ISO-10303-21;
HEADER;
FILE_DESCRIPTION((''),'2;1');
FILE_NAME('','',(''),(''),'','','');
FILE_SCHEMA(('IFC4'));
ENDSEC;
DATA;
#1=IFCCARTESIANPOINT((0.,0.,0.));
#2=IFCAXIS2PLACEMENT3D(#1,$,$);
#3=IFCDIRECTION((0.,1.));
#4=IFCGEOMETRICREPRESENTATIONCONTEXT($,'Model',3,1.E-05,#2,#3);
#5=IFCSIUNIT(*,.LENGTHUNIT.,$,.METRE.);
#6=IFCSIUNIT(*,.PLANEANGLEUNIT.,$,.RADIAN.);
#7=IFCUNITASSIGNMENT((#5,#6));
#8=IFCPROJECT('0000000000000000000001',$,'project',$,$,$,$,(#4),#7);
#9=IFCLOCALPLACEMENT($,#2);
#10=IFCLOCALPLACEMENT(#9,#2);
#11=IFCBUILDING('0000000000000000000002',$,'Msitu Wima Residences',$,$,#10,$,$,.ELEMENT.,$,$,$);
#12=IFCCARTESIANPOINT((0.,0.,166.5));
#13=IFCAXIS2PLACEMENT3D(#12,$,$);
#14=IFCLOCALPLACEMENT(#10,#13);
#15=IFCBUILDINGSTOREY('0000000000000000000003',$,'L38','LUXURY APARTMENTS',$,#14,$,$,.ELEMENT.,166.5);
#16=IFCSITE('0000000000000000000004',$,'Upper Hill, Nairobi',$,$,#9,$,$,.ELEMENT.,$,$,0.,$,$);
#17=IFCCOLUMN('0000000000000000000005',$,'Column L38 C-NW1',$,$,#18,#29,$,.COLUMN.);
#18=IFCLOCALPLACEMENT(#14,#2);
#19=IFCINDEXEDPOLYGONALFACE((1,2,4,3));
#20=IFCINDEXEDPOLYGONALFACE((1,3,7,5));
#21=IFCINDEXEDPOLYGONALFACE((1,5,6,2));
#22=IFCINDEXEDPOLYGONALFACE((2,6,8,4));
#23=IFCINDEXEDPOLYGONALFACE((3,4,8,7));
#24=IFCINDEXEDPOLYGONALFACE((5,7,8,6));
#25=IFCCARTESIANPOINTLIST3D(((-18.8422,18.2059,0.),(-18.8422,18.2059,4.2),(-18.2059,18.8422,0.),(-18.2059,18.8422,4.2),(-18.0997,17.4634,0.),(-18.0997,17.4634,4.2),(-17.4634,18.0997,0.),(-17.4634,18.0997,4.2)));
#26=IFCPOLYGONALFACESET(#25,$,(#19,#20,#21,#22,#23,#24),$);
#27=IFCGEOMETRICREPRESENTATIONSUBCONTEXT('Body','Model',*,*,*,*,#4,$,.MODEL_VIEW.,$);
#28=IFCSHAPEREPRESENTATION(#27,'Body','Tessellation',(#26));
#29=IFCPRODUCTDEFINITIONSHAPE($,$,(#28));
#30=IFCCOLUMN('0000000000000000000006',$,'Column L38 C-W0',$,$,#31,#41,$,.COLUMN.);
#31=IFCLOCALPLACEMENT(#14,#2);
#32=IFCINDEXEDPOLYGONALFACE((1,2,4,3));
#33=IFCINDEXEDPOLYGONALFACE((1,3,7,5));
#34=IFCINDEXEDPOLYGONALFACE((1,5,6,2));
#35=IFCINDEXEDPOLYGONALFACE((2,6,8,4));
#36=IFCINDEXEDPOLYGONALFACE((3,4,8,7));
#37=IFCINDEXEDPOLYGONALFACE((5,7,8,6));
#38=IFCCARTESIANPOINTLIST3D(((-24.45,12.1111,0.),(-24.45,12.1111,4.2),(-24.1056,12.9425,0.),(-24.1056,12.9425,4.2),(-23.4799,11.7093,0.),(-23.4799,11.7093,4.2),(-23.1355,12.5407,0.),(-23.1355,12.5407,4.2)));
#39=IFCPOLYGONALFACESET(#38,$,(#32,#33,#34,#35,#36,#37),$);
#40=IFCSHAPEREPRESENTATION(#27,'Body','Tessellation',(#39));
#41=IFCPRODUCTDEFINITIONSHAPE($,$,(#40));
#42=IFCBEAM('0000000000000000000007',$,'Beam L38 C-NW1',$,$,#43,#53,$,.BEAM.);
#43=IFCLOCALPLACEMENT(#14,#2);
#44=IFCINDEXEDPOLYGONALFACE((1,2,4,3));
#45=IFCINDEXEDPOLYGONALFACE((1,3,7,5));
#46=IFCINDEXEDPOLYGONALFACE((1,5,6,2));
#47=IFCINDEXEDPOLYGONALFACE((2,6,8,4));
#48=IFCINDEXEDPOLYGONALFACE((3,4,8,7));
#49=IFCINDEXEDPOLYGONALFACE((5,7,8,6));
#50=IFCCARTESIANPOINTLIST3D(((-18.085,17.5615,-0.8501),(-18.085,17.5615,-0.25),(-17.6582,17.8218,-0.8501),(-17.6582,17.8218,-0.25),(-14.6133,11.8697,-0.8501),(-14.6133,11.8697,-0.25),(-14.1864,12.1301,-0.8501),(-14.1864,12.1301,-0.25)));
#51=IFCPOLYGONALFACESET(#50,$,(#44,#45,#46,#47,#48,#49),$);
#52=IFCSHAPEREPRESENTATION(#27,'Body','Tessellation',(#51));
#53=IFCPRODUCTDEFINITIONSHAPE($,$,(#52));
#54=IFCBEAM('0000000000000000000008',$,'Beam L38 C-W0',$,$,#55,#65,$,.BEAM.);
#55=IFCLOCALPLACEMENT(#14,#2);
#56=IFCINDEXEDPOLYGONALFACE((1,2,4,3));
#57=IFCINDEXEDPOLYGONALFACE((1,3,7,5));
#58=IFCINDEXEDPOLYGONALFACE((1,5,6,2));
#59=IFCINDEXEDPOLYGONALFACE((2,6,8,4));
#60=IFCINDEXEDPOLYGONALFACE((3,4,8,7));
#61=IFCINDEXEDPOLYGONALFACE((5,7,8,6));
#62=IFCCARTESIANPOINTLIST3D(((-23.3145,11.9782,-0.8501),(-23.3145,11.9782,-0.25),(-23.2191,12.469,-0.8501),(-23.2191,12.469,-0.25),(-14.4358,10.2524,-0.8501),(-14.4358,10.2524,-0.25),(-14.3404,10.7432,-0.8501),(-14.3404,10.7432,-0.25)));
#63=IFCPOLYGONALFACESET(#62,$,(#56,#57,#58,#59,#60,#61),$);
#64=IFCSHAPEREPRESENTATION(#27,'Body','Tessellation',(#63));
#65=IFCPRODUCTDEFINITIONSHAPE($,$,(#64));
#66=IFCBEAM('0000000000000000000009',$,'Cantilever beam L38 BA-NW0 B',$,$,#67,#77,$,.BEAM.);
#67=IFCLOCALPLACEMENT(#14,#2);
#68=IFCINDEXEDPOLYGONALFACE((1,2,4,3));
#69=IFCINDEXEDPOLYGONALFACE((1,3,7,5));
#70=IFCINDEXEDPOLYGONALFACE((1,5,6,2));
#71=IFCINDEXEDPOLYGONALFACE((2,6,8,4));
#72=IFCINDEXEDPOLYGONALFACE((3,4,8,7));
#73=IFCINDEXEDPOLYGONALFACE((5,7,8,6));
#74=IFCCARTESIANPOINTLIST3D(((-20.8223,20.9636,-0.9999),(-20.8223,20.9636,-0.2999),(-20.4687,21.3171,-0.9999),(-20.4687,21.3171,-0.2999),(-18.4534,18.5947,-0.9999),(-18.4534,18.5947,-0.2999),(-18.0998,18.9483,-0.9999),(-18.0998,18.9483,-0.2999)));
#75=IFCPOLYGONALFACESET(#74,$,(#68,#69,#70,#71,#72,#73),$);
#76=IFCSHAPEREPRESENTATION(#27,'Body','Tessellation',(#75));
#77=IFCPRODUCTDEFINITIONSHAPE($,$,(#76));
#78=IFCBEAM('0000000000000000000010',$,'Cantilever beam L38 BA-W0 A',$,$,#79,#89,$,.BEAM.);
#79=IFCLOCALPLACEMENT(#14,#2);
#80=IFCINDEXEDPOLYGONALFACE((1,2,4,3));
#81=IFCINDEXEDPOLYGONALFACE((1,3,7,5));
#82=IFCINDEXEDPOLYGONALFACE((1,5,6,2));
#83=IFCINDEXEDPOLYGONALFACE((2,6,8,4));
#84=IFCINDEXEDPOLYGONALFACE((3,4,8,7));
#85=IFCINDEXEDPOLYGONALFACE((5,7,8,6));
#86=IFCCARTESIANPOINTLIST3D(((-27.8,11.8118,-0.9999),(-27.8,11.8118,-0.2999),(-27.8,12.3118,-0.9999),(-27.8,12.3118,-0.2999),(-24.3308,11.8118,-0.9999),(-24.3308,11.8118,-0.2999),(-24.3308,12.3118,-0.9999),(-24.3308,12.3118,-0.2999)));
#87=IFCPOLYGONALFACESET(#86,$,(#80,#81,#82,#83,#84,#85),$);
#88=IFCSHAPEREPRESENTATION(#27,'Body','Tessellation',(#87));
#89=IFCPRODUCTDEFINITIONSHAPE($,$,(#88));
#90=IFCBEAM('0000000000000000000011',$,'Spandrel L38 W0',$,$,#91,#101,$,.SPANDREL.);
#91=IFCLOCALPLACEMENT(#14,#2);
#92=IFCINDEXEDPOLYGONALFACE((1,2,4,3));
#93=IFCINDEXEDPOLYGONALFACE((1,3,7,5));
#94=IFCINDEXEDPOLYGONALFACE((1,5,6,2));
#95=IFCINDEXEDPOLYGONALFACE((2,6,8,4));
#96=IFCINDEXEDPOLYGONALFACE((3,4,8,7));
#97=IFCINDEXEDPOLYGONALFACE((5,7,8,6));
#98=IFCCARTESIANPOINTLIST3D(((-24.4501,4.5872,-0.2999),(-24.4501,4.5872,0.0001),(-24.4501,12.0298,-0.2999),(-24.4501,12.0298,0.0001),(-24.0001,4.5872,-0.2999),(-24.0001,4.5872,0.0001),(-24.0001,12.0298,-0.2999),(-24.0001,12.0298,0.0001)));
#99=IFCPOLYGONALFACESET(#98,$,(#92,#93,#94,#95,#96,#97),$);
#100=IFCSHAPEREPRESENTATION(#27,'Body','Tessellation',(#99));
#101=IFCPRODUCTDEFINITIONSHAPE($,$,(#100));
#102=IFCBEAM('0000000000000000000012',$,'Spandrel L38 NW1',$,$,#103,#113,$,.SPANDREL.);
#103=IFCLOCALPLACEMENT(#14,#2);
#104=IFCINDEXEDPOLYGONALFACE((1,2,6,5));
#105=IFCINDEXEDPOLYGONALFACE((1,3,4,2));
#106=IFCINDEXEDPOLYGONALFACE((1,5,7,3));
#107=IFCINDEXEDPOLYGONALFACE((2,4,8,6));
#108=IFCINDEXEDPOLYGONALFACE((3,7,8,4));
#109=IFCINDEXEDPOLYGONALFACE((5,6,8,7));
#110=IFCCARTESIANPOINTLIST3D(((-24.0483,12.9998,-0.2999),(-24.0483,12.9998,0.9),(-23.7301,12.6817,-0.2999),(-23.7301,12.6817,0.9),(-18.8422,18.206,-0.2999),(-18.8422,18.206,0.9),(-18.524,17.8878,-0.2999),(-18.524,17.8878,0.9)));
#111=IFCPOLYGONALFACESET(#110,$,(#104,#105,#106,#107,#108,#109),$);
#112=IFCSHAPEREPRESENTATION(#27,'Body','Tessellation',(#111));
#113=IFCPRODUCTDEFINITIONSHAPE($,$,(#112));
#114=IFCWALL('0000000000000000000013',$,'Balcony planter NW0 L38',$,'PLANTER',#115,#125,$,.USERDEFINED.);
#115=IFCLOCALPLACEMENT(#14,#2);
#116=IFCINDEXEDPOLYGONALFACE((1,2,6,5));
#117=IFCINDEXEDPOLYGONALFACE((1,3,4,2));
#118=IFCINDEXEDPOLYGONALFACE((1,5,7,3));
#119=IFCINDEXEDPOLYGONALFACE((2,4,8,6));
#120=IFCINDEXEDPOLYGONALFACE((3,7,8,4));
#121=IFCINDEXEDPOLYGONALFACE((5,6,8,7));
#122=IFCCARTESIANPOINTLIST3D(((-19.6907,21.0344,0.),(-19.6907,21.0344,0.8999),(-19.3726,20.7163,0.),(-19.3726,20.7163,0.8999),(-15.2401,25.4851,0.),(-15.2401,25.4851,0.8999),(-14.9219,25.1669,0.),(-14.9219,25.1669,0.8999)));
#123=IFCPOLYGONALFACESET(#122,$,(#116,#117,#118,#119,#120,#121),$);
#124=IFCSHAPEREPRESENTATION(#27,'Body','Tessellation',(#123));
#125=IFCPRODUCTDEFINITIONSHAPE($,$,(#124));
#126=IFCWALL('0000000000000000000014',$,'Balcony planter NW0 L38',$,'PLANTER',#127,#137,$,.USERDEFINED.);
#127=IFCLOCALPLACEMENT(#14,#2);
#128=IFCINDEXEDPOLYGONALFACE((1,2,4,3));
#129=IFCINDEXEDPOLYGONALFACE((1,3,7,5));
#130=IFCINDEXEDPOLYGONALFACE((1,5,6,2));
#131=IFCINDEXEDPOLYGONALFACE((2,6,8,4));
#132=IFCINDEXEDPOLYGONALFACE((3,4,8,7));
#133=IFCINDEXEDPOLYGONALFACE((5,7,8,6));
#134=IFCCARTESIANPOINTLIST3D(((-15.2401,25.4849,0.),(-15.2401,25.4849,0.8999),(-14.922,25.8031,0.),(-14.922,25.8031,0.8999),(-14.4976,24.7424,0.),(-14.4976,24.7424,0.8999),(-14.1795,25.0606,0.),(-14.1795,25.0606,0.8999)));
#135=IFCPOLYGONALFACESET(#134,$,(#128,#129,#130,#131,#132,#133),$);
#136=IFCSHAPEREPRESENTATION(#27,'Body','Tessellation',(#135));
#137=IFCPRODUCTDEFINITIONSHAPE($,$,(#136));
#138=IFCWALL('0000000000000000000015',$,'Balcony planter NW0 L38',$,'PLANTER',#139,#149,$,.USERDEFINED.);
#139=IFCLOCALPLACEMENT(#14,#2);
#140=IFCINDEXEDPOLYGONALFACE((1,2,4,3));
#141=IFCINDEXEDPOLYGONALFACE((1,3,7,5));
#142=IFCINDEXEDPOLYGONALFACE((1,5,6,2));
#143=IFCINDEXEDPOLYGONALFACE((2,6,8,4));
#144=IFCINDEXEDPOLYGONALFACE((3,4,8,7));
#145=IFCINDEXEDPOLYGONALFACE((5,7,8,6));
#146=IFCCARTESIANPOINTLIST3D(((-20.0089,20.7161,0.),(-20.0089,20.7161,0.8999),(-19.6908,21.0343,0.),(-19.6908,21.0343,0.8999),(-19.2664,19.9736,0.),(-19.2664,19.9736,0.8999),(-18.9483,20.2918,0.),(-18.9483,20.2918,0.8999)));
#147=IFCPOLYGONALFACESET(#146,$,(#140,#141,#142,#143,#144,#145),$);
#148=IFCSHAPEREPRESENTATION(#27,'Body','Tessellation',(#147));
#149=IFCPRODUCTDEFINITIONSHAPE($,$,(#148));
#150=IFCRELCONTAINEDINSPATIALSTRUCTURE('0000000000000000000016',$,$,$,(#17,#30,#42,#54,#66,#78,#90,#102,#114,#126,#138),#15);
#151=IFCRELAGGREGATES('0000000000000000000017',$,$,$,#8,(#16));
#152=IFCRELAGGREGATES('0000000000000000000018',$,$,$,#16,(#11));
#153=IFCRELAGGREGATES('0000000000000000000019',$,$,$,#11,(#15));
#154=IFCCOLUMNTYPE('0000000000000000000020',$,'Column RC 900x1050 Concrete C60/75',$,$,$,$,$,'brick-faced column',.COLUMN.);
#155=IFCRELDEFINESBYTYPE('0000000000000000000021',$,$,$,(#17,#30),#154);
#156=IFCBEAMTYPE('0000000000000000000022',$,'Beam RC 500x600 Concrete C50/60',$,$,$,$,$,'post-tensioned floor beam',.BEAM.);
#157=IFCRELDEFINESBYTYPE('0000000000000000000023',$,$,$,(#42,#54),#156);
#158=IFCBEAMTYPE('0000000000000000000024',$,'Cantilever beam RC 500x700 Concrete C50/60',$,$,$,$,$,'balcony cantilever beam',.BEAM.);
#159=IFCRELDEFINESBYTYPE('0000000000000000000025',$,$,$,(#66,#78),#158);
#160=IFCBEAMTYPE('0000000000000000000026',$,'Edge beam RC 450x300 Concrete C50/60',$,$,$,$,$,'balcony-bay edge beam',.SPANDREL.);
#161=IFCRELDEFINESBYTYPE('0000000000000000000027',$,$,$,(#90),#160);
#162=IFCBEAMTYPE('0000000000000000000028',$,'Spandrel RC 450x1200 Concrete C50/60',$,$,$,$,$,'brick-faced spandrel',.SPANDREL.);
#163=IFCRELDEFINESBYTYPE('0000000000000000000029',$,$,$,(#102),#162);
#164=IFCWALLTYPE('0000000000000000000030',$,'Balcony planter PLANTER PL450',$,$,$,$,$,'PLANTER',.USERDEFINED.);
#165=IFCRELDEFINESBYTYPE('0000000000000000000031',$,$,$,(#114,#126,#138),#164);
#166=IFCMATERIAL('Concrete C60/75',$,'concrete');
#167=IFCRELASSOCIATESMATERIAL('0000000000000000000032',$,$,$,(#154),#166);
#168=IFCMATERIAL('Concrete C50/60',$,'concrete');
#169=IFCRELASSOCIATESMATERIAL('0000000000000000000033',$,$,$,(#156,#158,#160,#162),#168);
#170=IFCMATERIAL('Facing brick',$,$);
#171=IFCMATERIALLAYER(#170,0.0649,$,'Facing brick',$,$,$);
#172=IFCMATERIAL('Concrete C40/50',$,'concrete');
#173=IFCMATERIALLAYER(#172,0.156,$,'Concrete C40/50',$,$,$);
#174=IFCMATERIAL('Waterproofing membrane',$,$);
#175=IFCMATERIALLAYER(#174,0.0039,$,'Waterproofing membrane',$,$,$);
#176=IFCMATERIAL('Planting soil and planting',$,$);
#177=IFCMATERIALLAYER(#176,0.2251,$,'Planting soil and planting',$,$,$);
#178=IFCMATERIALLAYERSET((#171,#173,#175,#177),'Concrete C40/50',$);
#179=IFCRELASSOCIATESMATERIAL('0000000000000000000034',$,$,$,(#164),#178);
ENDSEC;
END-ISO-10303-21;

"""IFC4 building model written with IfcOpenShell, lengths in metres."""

from ifc_helpers import new_model, si_unit, direction, frame, frame_2d, origin, origin_2d, place, context, subcontext, project, spatial, rectangle, extrude, material, layer, layer_set, material_profile, profile_set, type_object, element, save


model = new_model("IFC4")

# Units and contexts
model_context = context("Model", 3, precision=1e-05, world=origin(), true_north=direction((0.0, 1.0)))
body_context = subcontext(model_context, "Body", "Model", "MODEL_VIEW")
ifc_project = project(units=[si_unit("LENGTHUNIT", "METRE"), si_unit("PLANEANGLEUNIT", "RADIAN")], contexts=[model_context])

# Site, building, storey
site_placement = place(None, origin())
site = spatial("IfcSite", under=ifc_project, at=site_placement, Name="Upper Hill, Nairobi", CompositionType="ELEMENT", RefElevation=0.0)
building_placement = place(site_placement, origin())
building = spatial("IfcBuilding", under=site, at=building_placement, Name="Msitu Wima Residences", CompositionType="ELEMENT")
storey_placement = place(building_placement, frame((0.0, 0.0, 166.5)))
storey = spatial("IfcBuildingStorey", under=building, at=storey_placement, Name="L38", Description="LUXURY APARTMENTS", CompositionType="ELEMENT", Elevation=166.5)

# Columns
ifc_material_1 = material(Name="Concrete C60/75", Category="concrete")
ifc_material_profile_1 = material_profile(ifc_material_1, rectangle(XDim=0.8999, YDim=1.05, at=origin_2d()), Name="RC 900x1050")
ifc_profile_set_1 = profile_set([ifc_material_profile_1], Name="Concrete C60/75")
column_type = type_object("IfcColumnType", Name="Column RC 900x1050 Concrete C60/75", ElementType="brick-faced column", PredefinedType="COLUMN", material=ifc_profile_set_1)
for number, where, z_axis, x_axis, name in (
    (1, (-18.1528, 18.1528, 0.0), (0.0, 0.0, 1.0), (-0.707107, -0.707107, 0.0), "Column L38 C-NW1"),
    (2, (-23.7927, 12.3259, 0.0), (0.0, 0.0, 1.0), (-0.382683, -0.92388, 0.0), "Column L38 C-W0"),
):
    element("IfcColumn", number, at=place(storey_placement, frame(where, z_axis=z_axis, x_axis=x_axis)), inside=storey, type_object=column_type, Name=name, PredefinedType="COLUMN", context=body_context, shape_type="SweptSolid", body=[
        extrude(rectangle(XDim=0.8999, YDim=1.05, at=origin_2d()), origin(), (0.0, 0.0, 1.0), 4.2),
    ])

# Beams
ifc_material_2 = material(Name="Concrete C50/60", Category="concrete")
ifc_material_profile_2 = material_profile(ifc_material_2, rectangle(XDim=0.5, YDim=0.6001, at=origin_2d()), Name="RC 500x600")
ifc_profile_set_2 = profile_set([ifc_material_profile_2], Name="Concrete C50/60")
beam_type_1 = type_object("IfcBeamType", Name="Beam RC 500x600 Concrete C50/60", ElementType="post-tensioned floor beam", PredefinedType="BEAM", material=ifc_profile_set_2)
beam_1_placement = place(storey_placement, frame((-17.8716, 17.6917, -0.55), z_axis=(0.520734, -0.853719, 0.0), x_axis=(0.853719, 0.520734, 0.0)))
element("IfcBeam", 3, at=beam_1_placement, inside=storey, type_object=beam_type_1, Name="Beam L38 C-NW1", PredefinedType="BEAM", context=body_context, shape_type="SweptSolid", body=[
    extrude(rectangle(XDim=0.5, YDim=0.6001, at=origin_2d()), origin(), (0.0, 0.0, 1.0), 6.667),
])
beam_2_placement = place(storey_placement, frame((-23.2668, 12.2236, -0.55), z_axis=(0.981627, -0.190808, 0.0), x_axis=(0.190808, 0.981627, 0.0)))
element("IfcBeam", 4, at=beam_2_placement, inside=storey, type_object=beam_type_1, Name="Beam L38 C-W0", PredefinedType="BEAM", context=body_context, shape_type="SweptSolid", body=[
    extrude(rectangle(XDim=0.5, YDim=0.6001, at=origin_2d()), origin(), (0.0, 0.0, 1.0), 9.0449),
])
ifc_material_profile_3 = material_profile(ifc_material_2, rectangle(XDim=0.5, YDim=0.7, at=origin_2d()), Name="RC 500x700")
ifc_profile_set_3 = profile_set([ifc_material_profile_3], Name="Concrete C50/60")
beam_type_2 = type_object("IfcBeamType", Name="Cantilever beam RC 500x700 Concrete C50/60", ElementType="balcony cantilever beam", PredefinedType="BEAM", material=ifc_profile_set_3)
beam_3_placement = place(storey_placement, frame((-18.2766, 18.7715, -0.6499), z_axis=(-0.707107, 0.707107, 0.0), x_axis=(-0.707107, -0.707107, 0.0)))
element("IfcBeam", 5, at=beam_3_placement, inside=storey, type_object=beam_type_2, Name="Cantilever beam L38 BA-NW0 B", PredefinedType="BEAM", context=body_context, shape_type="SweptSolid", body=[
    extrude(rectangle(XDim=0.5, YDim=0.7, at=origin_2d()), origin(), (0.0, 0.0, 1.0), 3.3501),
])
beam_4_placement = place(storey_placement, frame((-24.3308, 12.0618, -0.6499), z_axis=(-1.0, 0.0, 0.0), x_axis=(0.0, -1.0, 0.0)))
element("IfcBeam", 6, at=beam_4_placement, inside=storey, type_object=beam_type_2, Name="Cantilever beam L38 BA-W0 A", PredefinedType="BEAM", context=body_context, shape_type="SweptSolid", body=[
    extrude(rectangle(XDim=0.5, YDim=0.7, at=origin_2d()), origin(), (0.0, 0.0, 1.0), 3.4692),
])
ifc_material_profile_4 = material_profile(ifc_material_2, rectangle(XDim=0.45, YDim=0.3, at=origin_2d()), Name="RC 450x300")
ifc_profile_set_4 = profile_set([ifc_material_profile_4], Name="Concrete C50/60")
beam_type_3 = type_object("IfcBeamType", Name="Edge beam RC 450x300 Concrete C50/60", ElementType="balcony-bay edge beam", PredefinedType="SPANDREL", material=ifc_profile_set_4)
beam_5_placement = place(storey_placement, frame((-24.2251, 12.0298, -0.1499), z_axis=(0.0, -1.0, 0.0), x_axis=(1.0, 0.0, 0.0)))
element("IfcBeam", 7, at=beam_5_placement, inside=storey, type_object=beam_type_3, Name="Spandrel L38 W0", PredefinedType="SPANDREL", context=body_context, shape_type="SweptSolid", body=[
    extrude(rectangle(XDim=0.45, YDim=0.3, at=origin_2d()), origin(), (0.0, 0.0, 1.0), 7.4426),
])
ifc_material_profile_5 = material_profile(ifc_material_2, rectangle(XDim=0.45, YDim=1.2, at=origin_2d()), Name="RC 450x1200")
ifc_profile_set_5 = profile_set([ifc_material_profile_5], Name="Concrete C50/60")
beam_type_4 = type_object("IfcBeamType", Name="Spandrel RC 450x1200 Concrete C50/60", ElementType="brick-faced spandrel", PredefinedType="SPANDREL", material=ifc_profile_set_5)
beam_6_placement = place(storey_placement, frame((-18.6831, 18.0469, 0.3), z_axis=(-0.707107, -0.707107, 0.0), x_axis=(0.707107, -0.707107, 0.0)))
element("IfcBeam", 8, at=beam_6_placement, inside=storey, type_object=beam_type_4, Name="Spandrel L38 NW1", PredefinedType="SPANDREL", context=body_context, shape_type="SweptSolid", body=[
    extrude(rectangle(XDim=0.45, YDim=1.2, at=origin_2d()), origin(), (0.0, 0.0, 1.0), 7.3625),
])

# Walls
ifc_material_3 = material(Name="Facing brick")
ifc_layer_1 = layer(ifc_material_3, 0.0649, Name="Facing brick")
ifc_material_4 = material(Name="Concrete C40/50", Category="concrete")
ifc_layer_2 = layer(ifc_material_4, 0.156, Name="Concrete C40/50")
ifc_material_5 = material(Name="Waterproofing membrane")
ifc_layer_3 = layer(ifc_material_5, 0.0039, Name="Waterproofing membrane")
ifc_material_6 = material(Name="Planting soil and planting")
ifc_layer_4 = layer(ifc_material_6, 0.2251, Name="Planting soil and planting")
ifc_layer_set_1 = layer_set([ifc_layer_1, ifc_layer_2, ifc_layer_3, ifc_layer_4], Name="Concrete C40/50")
wall_type_1 = type_object("IfcWallType", Name="Balcony planter PLANTER PL450", ElementType="PLANTER", PredefinedType="USERDEFINED", material=ifc_layer_set_1)
wall_1_placement = place(storey_placement, frame((-15.0811, 25.3259, 0.0), z_axis=(0.0, 0.0, 1.0), x_axis=(-0.707107, -0.707107, 0.0)))
element("IfcWall", 9, at=wall_1_placement, inside=storey, type_object=wall_type_1, Name="Balcony planter NW0 L38", ObjectType="PLANTER", PredefinedType="USERDEFINED", context=body_context, shape_type="SweptSolid", body=[
    extrude(rectangle(XDim=6.2942, YDim=0.45, at=frame_2d((3.147, 0.0))), origin(), (0.0, 0.0, 1.0), 0.8999),
])
for number, where, z_axis, x_axis, name in (
    (10, (-14.3386, 24.9016, 0.0), (0.0, 0.0, 1.0), (-0.707107, 0.707107, 0.0), "Balcony planter NW0 L38"),
    (11, (-19.1074, 20.1328, 0.0), (0.0, 0.0, 1.0), (-0.707107, 0.707107, 0.0), "Balcony planter NW0 L38"),
):
    element("IfcWall", number, at=place(storey_placement, frame(where, z_axis=z_axis, x_axis=x_axis)), inside=storey, type_object=wall_type_1, Name=name, ObjectType="PLANTER", PredefinedType="USERDEFINED", context=body_context, shape_type="SweptSolid", body=[
        extrude(rectangle(XDim=1.05, YDim=0.45, at=frame_2d((0.5249, 0.0))), origin(), (0.0, 0.0, 1.0), 0.8999),
    ])

save(model, "model.ifc")
